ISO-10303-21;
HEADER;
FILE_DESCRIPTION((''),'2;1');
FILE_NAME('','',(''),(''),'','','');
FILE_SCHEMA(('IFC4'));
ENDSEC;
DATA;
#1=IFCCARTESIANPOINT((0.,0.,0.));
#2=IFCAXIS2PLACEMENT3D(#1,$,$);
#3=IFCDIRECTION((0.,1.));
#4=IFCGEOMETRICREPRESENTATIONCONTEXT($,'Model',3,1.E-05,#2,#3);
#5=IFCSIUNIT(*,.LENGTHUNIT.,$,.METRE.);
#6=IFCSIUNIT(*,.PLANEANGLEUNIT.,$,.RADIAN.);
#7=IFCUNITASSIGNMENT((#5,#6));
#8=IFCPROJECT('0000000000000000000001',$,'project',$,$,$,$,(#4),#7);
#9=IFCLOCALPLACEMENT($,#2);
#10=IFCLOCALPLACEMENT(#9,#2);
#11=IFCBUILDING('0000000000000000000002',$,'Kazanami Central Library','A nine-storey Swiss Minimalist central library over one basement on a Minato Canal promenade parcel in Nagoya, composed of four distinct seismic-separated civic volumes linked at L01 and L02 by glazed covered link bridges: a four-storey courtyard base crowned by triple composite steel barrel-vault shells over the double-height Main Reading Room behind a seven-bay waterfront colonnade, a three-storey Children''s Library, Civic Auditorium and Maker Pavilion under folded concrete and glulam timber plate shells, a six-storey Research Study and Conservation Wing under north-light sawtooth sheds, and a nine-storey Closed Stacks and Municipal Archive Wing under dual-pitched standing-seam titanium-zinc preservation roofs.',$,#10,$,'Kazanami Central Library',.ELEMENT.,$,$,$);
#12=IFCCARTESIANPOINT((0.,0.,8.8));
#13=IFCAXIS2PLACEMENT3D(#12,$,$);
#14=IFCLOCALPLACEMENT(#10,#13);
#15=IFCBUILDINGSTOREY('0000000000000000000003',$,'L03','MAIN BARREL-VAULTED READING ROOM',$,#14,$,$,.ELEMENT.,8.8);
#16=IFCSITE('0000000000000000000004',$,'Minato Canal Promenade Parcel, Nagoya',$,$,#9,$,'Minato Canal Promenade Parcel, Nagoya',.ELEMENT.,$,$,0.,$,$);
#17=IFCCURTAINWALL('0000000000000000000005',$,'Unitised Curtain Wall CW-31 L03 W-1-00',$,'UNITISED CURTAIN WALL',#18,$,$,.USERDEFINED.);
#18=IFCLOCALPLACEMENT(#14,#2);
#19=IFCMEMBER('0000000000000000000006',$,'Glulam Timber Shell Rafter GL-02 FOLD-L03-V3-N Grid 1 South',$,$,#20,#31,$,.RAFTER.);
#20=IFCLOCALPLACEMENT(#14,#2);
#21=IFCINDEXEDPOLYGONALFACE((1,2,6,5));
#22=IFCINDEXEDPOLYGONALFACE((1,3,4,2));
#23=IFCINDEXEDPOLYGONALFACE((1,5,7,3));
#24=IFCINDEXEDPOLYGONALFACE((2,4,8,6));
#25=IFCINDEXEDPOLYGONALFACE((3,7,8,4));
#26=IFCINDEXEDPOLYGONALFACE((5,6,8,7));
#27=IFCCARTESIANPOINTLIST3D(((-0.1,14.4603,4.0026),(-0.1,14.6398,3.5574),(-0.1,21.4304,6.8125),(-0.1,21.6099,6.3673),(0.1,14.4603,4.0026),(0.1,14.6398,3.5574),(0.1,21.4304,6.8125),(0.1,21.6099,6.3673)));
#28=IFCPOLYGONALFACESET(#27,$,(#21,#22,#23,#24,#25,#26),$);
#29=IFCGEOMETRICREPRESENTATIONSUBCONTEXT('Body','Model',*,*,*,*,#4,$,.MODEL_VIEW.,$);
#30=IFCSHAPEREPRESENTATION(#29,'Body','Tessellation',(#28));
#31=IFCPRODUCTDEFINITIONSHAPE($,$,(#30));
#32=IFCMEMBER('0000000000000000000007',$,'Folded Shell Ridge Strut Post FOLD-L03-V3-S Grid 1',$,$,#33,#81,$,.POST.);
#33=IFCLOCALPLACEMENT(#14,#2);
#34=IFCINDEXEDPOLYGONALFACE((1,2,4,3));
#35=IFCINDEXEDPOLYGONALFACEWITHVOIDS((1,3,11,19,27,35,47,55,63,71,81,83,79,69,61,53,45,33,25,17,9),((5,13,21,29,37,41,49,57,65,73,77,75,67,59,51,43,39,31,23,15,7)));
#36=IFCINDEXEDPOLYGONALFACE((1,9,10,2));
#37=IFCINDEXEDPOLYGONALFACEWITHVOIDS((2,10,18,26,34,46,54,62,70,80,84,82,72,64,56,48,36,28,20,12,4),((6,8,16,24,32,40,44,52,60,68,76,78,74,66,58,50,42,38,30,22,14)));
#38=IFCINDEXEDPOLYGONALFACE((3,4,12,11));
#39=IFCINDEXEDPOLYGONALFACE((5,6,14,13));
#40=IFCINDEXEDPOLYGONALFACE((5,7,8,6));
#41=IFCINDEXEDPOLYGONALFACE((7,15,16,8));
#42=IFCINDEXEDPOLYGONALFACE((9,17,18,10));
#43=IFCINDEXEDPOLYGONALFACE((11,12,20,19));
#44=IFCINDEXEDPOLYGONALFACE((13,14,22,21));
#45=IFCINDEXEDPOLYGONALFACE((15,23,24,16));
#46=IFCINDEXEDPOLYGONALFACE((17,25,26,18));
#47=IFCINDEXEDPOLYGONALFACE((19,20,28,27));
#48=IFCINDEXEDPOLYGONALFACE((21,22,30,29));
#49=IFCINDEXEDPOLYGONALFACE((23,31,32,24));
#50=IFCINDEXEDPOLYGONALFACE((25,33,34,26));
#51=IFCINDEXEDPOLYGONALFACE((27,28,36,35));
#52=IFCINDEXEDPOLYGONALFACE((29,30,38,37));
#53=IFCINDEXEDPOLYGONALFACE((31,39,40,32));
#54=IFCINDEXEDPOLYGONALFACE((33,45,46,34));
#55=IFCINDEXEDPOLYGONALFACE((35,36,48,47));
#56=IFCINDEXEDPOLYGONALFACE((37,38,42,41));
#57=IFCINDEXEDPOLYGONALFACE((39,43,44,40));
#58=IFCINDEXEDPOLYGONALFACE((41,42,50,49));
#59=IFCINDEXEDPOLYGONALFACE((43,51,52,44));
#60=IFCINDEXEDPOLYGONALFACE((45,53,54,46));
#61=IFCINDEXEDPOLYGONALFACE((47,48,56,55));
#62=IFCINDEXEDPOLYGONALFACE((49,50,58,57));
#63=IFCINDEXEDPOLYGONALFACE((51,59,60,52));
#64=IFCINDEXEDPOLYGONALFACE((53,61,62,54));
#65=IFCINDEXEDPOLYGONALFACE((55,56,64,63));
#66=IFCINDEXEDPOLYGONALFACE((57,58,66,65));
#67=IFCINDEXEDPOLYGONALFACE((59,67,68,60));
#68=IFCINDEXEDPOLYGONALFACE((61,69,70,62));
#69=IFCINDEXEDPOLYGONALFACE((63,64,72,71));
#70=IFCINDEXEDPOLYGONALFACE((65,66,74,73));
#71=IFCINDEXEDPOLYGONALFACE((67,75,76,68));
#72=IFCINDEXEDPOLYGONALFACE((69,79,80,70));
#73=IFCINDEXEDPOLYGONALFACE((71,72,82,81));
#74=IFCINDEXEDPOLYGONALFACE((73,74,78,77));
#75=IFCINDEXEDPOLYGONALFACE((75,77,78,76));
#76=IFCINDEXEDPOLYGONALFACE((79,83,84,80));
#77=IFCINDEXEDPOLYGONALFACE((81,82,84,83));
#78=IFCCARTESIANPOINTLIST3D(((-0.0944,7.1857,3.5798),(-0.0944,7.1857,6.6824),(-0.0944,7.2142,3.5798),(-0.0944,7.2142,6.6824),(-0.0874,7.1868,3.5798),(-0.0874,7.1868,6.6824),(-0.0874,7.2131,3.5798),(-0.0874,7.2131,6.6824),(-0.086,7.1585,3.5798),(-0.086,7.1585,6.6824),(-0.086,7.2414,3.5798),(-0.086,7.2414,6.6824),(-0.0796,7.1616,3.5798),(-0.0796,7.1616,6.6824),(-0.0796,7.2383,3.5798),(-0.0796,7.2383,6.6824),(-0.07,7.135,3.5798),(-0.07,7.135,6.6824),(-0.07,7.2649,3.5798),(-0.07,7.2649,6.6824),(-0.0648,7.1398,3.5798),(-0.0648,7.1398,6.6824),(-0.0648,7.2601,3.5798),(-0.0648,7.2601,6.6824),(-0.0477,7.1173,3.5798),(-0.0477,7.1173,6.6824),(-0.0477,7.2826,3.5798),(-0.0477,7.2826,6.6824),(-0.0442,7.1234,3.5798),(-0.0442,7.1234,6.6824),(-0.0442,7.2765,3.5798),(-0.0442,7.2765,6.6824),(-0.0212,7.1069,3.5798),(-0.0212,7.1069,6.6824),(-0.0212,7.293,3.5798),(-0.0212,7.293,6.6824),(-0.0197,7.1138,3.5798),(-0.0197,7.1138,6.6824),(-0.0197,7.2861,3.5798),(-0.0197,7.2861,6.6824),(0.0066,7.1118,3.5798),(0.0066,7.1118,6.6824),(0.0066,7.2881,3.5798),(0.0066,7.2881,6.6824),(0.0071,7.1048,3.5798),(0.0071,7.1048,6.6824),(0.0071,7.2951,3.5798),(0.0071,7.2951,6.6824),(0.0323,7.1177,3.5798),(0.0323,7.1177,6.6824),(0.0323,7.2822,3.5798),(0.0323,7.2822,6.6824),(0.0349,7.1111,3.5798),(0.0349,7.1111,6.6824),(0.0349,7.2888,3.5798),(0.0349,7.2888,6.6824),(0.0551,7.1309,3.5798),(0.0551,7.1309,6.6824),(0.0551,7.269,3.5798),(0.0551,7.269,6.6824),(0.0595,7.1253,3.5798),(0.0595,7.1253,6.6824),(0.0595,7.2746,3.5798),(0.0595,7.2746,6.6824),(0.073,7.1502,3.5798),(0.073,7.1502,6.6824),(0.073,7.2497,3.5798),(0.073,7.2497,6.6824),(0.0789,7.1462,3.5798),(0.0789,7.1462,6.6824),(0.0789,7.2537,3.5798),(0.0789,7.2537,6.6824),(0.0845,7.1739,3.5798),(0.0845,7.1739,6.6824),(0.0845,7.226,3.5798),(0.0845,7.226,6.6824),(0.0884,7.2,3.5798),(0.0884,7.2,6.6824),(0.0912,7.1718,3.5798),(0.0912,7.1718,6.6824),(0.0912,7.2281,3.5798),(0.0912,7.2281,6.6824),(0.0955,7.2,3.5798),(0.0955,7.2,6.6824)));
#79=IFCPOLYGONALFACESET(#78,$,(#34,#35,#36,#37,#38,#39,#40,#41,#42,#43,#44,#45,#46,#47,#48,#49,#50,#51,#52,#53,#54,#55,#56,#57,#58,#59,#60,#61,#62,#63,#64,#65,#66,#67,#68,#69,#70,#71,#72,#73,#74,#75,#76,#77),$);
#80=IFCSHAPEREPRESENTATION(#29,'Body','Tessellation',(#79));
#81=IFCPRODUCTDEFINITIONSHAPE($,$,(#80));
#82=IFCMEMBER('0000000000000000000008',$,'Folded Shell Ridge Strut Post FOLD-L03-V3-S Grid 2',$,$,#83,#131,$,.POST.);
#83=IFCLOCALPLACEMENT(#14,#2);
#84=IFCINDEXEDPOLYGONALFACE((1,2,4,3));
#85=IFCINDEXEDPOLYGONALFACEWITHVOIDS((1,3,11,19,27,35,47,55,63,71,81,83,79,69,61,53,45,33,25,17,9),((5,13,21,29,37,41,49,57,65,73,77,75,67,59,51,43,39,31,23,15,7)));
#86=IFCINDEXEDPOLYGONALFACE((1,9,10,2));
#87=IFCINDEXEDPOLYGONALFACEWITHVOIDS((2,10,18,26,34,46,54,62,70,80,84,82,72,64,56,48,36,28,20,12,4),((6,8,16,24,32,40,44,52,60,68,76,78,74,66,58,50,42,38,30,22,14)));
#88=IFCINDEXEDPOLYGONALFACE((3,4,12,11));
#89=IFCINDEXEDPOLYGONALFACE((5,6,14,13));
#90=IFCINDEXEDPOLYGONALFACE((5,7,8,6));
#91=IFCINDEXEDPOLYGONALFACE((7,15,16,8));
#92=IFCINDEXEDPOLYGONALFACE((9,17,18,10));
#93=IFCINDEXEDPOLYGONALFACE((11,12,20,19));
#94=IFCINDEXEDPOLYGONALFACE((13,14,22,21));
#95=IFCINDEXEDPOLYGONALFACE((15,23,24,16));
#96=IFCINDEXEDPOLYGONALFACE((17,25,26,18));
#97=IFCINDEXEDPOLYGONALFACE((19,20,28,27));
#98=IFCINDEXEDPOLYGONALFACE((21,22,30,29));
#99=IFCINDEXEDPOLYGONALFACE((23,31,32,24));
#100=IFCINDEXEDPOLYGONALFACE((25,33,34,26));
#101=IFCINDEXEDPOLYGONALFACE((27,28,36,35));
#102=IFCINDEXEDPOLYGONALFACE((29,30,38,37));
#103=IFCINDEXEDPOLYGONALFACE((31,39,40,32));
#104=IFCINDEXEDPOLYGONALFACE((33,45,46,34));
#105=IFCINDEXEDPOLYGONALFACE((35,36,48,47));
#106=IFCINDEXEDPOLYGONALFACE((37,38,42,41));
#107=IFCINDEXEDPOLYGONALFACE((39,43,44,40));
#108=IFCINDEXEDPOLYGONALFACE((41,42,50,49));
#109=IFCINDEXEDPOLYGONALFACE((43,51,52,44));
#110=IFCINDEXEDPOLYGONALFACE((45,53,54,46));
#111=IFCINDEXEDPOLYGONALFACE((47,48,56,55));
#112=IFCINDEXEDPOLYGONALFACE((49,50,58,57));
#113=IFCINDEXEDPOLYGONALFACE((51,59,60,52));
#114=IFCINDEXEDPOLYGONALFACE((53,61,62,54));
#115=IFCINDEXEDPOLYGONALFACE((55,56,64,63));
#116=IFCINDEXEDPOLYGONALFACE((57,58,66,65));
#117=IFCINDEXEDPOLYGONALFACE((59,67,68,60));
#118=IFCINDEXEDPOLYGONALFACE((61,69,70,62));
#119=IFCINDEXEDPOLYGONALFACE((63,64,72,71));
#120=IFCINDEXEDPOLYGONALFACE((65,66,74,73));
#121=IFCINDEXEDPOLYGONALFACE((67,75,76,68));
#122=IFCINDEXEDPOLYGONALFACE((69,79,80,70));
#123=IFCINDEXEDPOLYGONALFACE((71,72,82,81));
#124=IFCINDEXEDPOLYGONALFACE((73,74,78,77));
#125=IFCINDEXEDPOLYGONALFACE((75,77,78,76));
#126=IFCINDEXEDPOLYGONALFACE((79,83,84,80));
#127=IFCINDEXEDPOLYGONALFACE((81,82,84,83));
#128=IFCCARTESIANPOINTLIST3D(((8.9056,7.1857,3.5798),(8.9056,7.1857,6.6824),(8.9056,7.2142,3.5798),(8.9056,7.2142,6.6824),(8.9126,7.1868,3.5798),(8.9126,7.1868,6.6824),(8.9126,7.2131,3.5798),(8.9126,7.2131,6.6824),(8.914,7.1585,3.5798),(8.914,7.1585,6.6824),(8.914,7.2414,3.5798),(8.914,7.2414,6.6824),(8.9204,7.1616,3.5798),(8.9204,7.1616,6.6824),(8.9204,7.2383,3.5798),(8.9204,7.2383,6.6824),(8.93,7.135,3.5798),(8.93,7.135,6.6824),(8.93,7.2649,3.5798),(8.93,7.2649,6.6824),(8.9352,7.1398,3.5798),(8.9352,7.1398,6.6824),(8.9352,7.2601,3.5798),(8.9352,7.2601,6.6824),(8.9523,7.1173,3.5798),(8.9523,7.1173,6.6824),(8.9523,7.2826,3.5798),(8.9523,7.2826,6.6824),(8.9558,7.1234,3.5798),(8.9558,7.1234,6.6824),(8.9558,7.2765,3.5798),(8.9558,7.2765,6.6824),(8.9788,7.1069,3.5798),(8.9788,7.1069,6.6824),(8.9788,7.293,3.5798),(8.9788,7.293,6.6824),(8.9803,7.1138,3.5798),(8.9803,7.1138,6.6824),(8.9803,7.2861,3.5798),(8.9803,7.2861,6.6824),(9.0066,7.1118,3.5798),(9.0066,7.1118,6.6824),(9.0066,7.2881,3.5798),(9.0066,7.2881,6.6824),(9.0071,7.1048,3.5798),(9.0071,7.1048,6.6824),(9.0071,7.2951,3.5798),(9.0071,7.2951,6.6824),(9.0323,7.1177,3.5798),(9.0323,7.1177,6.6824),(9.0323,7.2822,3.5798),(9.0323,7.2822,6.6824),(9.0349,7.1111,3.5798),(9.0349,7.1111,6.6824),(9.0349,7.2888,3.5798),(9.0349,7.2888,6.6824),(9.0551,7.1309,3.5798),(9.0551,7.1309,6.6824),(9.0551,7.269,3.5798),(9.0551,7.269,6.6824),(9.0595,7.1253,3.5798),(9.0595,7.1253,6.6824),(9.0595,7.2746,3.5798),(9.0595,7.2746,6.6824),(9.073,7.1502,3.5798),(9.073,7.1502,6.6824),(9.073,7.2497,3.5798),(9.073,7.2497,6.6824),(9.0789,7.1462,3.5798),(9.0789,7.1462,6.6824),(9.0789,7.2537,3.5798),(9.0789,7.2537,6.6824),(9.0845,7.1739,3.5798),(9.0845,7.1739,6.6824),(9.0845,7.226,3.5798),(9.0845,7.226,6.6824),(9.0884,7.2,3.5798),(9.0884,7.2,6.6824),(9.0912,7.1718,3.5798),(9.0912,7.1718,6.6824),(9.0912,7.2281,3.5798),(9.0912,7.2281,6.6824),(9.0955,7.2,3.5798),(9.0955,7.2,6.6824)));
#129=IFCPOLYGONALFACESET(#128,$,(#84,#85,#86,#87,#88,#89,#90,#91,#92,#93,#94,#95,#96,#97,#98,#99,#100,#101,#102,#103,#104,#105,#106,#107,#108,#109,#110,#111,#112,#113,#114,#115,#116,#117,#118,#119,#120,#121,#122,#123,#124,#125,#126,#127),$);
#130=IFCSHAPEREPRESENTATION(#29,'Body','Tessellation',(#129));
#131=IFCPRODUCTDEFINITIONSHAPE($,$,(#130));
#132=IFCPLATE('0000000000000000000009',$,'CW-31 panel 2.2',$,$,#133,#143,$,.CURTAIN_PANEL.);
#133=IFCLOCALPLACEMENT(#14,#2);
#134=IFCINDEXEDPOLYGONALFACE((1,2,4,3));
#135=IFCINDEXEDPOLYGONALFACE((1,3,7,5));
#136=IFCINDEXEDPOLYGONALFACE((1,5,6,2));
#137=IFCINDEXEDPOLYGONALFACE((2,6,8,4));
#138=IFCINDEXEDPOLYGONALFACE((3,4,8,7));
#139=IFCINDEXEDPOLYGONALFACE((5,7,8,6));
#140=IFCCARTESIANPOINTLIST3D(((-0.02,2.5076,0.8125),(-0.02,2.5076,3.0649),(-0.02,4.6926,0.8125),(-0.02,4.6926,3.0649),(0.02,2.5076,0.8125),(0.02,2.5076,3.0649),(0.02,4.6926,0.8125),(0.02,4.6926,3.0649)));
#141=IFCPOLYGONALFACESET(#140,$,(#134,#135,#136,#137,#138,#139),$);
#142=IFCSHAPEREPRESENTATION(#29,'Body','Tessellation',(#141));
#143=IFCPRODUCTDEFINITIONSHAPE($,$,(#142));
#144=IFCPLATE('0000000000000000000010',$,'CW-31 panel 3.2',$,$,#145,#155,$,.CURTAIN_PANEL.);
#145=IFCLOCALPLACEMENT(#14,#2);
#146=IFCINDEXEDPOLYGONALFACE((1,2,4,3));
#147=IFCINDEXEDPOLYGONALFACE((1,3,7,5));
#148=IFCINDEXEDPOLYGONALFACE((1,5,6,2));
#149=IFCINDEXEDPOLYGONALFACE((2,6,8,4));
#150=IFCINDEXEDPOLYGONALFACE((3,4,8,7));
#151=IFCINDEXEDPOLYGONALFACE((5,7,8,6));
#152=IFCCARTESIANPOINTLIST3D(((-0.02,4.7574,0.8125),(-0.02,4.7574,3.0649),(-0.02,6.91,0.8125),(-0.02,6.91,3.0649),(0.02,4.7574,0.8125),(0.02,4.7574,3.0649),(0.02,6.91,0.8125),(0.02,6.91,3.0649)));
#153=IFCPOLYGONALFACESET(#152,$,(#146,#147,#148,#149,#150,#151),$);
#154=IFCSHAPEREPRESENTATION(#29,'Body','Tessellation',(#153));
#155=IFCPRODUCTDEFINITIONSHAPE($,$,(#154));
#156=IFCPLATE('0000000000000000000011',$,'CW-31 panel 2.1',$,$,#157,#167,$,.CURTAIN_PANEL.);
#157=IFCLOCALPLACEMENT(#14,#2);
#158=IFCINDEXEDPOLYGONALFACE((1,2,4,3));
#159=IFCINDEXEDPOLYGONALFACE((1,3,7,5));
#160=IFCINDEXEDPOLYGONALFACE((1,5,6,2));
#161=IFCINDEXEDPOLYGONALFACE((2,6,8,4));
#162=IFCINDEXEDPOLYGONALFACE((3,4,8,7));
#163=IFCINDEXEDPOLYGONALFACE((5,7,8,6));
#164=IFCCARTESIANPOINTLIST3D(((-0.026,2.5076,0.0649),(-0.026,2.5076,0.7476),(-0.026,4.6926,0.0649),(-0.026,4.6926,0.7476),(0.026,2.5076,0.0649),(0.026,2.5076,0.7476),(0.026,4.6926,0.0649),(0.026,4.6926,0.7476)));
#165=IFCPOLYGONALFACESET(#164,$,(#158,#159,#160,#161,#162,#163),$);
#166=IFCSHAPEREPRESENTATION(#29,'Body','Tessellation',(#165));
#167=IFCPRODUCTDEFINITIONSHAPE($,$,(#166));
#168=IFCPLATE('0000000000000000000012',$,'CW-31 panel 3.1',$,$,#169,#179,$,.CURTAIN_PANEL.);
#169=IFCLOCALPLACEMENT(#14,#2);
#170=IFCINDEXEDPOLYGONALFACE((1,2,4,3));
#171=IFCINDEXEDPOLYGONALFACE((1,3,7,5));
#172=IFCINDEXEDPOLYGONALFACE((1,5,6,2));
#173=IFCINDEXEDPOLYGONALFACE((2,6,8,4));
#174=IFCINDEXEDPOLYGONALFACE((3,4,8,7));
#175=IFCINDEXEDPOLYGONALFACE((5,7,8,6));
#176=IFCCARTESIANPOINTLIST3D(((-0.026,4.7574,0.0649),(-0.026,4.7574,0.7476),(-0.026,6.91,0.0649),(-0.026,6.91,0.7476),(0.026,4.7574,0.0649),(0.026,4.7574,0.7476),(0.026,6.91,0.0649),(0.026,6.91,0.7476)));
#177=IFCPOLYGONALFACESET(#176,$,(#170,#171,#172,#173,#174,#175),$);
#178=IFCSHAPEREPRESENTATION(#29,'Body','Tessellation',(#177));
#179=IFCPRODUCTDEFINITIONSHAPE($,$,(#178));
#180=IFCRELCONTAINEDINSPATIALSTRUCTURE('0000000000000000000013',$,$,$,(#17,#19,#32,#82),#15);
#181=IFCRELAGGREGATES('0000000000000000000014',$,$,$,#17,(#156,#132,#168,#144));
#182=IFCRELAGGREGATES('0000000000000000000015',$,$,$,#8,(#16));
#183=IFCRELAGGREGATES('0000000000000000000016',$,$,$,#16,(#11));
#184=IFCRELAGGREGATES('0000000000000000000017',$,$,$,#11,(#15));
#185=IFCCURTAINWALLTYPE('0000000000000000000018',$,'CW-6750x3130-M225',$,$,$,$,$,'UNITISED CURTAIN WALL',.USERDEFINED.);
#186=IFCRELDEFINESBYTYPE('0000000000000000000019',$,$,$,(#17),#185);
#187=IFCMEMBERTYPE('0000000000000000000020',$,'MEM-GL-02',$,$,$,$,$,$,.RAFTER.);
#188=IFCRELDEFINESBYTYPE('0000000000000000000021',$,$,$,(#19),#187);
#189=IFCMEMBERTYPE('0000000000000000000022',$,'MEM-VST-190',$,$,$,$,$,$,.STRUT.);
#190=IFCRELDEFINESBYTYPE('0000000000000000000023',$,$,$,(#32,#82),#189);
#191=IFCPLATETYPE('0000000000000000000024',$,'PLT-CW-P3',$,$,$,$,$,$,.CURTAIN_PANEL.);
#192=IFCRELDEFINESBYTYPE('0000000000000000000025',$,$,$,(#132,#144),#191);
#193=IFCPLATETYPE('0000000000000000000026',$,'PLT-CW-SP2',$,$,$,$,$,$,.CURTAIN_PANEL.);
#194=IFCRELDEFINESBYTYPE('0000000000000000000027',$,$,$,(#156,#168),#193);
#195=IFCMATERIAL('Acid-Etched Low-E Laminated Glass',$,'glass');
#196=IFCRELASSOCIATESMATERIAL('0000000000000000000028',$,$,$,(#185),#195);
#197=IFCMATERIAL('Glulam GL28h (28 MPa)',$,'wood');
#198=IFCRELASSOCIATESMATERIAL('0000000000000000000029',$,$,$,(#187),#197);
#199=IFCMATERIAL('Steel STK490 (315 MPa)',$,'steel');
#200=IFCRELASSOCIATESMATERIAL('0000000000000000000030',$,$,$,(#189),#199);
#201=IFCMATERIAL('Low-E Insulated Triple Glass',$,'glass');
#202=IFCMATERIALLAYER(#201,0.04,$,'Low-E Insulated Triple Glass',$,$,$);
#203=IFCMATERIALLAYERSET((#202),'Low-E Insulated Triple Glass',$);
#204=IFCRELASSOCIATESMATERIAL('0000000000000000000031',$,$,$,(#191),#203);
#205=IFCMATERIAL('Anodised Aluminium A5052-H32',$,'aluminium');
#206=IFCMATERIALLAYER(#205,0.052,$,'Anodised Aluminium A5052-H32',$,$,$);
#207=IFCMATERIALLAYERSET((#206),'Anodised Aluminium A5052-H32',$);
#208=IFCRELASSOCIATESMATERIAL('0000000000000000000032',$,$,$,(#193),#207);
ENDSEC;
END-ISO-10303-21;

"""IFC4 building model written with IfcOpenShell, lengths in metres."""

from ifc_helpers import new_model, si_unit, direction, frame, origin, origin_2d, place, context, subcontext, project, spatial, rectangle, hollow_circle, extrude, material, layer, layer_set, material_profile, profile_set, type_object, element, aggregate, save


model = new_model("IFC4")

# Units and contexts
model_context = context("Model", 3, precision=1e-05, world=origin(), true_north=direction((0.0, 1.0)))
body_context = subcontext(model_context, "Body", "Model", "MODEL_VIEW")
ifc_project = project(units=[si_unit("LENGTHUNIT", "METRE"), si_unit("PLANEANGLEUNIT", "RADIAN")], contexts=[model_context])

# Site, building, storey
site_placement = place(None, origin())
site = spatial("IfcSite", under=ifc_project, at=site_placement, Name="Minato Canal Promenade Parcel, Nagoya", LongName="Minato Canal Promenade Parcel, Nagoya", CompositionType="ELEMENT", RefElevation=0.0)
building_placement = place(site_placement, origin())
building = spatial("IfcBuilding", under=site, at=building_placement, Name="Kazanami Central Library", Description="A nine-storey Swiss Minimalist central library over one basement on a Minato Canal promenade parcel in Nagoya, composed of four distinct seismic-separated civic volumes linked at L01 and L02 by glazed covered link bridges: a four-storey courtyard base crowned by triple composite steel barrel-vault shells over the double-height Main Reading Room behind a seven-bay waterfront colonnade, a three-storey Children's Library, Civic Auditorium and Maker Pavilion under folded concrete and glulam timber plate shells, a six-storey Research Study and Conservation Wing under north-light sawtooth sheds, and a nine-storey Closed Stacks and Municipal Archive Wing under dual-pitched standing-seam titanium-zinc preservation roofs.", LongName="Kazanami Central Library", CompositionType="ELEMENT")
storey_placement = place(building_placement, frame((0.0, 0.0, 8.8)))
storey = spatial("IfcBuildingStorey", under=building, at=storey_placement, Name="L03", Description="MAIN BARREL-VAULTED READING ROOM", CompositionType="ELEMENT", Elevation=8.8)

# Curtain wall
ifc_material_1 = material(Name="Acid-Etched Low-E Laminated Glass", Category="glass")
curtain_wall_type = type_object("IfcCurtainWallType", Name="CW-6750x3130-M225", ElementType="UNITISED CURTAIN WALL", PredefinedType="USERDEFINED", material=ifc_material_1)
curtain_wall_placement = place(storey_placement, origin())
curtain_wall = element("IfcCurtainWall", 1, at=curtain_wall_placement, inside=storey, type_object=curtain_wall_type, Name="Unitised Curtain Wall CW-31 L03 W-1-00", ObjectType="UNITISED CURTAIN WALL", PredefinedType="USERDEFINED")

# Members
ifc_material_2 = material(Name="Glulam GL28h (28 MPa)", Category="wood")
ifc_material_profile_1 = material_profile(ifc_material_2, rectangle(XDim=0.2, YDim=0.48, at=origin_2d()), Name="GL28h-200x480")
ifc_profile_set_1 = profile_set([ifc_material_profile_1], Name="Glulam GL28h (28 MPa)")
member_type_1 = type_object("IfcMemberType", Name="MEM-GL-02", PredefinedType="RAFTER", material=ifc_profile_set_1)
member_1_placement = place(storey_placement, frame((0.0, 14.55, 3.78), z_axis=(0.0, 0.927472, 0.373893), x_axis=(-1.0, 0.0, 0.0)))
element("IfcMember", 2, at=member_1_placement, inside=storey, type_object=member_type_1, Name="Glulam Timber Shell Rafter GL-02 FOLD-L03-V3-N Grid 1 South", PredefinedType="RAFTER", context=body_context, shape_type="SweptSolid", body=[
    extrude(rectangle(XDim=0.2, YDim=0.48, at=origin_2d()), origin(), (0.0, 0.0, 1.0), 7.5151),
])
ifc_material_3 = material(Name="Steel STK490 (315 MPa)", Category="steel")
ifc_material_profile_2 = material_profile(ifc_material_3, hollow_circle(Radius=0.0955, WallThickness=0.0071, at=origin_2d()), Name="CHS-190.7x7.0")
ifc_profile_set_2 = profile_set([ifc_material_profile_2], Name="Steel STK490 (315 MPa)")
member_type_2 = type_object("IfcMemberType", Name="MEM-VST-190", PredefinedType="STRUT", material=ifc_profile_set_2)
for number, where, z_axis, x_axis, name in (
    (3, (0.0, 7.2, 3.5798), (0.0, 0.0, 1.0), (1.0, 0.0, 0.0), "Folded Shell Ridge Strut Post FOLD-L03-V3-S Grid 1"),
    (4, (9.0, 7.2, 3.5798), (0.0, 0.0, 1.0), (1.0, 0.0, 0.0), "Folded Shell Ridge Strut Post FOLD-L03-V3-S Grid 2"),
):
    element("IfcMember", number, at=place(storey_placement, frame(where, z_axis=z_axis, x_axis=x_axis)), inside=storey, type_object=member_type_2, Name=name, PredefinedType="POST", context=body_context, shape_type="SweptSolid", body=[
        extrude(hollow_circle(Radius=0.0955, WallThickness=0.0071, at=origin_2d()), origin(), (0.0, 0.0, 1.0), 3.1025),
    ])

# Plates
ifc_material_4 = material(Name="Low-E Insulated Triple Glass", Category="glass")
ifc_layer_1 = layer(ifc_material_4, 0.04, Name="Low-E Insulated Triple Glass")
ifc_layer_set_1 = layer_set([ifc_layer_1], Name="Low-E Insulated Triple Glass")
plate_type_1 = type_object("IfcPlateType", Name="PLT-CW-P3", PredefinedType="CURTAIN_PANEL", material=ifc_layer_set_1)
plate_1_placement = place(storey_placement, frame((0.0, 3.6001, 0.8125), z_axis=(0.0, 0.0, 1.0), x_axis=(0.0, 1.0, 0.0)))
plate_1 = element("IfcPlate", 5, at=plate_1_placement, type_object=plate_type_1, Name="CW-31 panel 2.2", PredefinedType="CURTAIN_PANEL", context=body_context, shape_type="SweptSolid", body=[
    extrude(rectangle(XDim=2.1851, YDim=0.04, at=origin_2d()), origin(), (0.0, 0.0, 1.0), 2.2524),
])
plate_2_placement = place(storey_placement, frame((0.0, 5.8337, 0.8125), z_axis=(0.0, 0.0, 1.0), x_axis=(0.0, 1.0, 0.0)))
plate_2 = element("IfcPlate", 6, at=plate_2_placement, type_object=plate_type_1, Name="CW-31 panel 3.2", PredefinedType="CURTAIN_PANEL", context=body_context, shape_type="SweptSolid", body=[
    extrude(rectangle(XDim=2.1526, YDim=0.04, at=origin_2d()), origin(), (0.0, 0.0, 1.0), 2.2524),
])
ifc_material_5 = material(Name="Anodised Aluminium A5052-H32", Category="aluminium")
ifc_layer_2 = layer(ifc_material_5, 0.052, Name="Anodised Aluminium A5052-H32")
ifc_layer_set_2 = layer_set([ifc_layer_2], Name="Anodised Aluminium A5052-H32")
plate_type_2 = type_object("IfcPlateType", Name="PLT-CW-SP2", PredefinedType="CURTAIN_PANEL", material=ifc_layer_set_2)
plate_3_placement = place(storey_placement, frame((0.0, 3.6001, 0.0649), z_axis=(0.0, 0.0, 1.0), x_axis=(0.0, 1.0, 0.0)))
plate_3 = element("IfcPlate", 7, at=plate_3_placement, type_object=plate_type_2, Name="CW-31 panel 2.1", PredefinedType="CURTAIN_PANEL", context=body_context, shape_type="SweptSolid", body=[
    extrude(rectangle(XDim=2.1851, YDim=0.052, at=origin_2d()), origin(), (0.0, 0.0, 1.0), 0.6826),
])
plate_4_placement = place(storey_placement, frame((0.0, 5.8337, 0.0649), z_axis=(0.0, 0.0, 1.0), x_axis=(0.0, 1.0, 0.0)))
plate_4 = element("IfcPlate", 8, at=plate_4_placement, type_object=plate_type_2, Name="CW-31 panel 3.1", PredefinedType="CURTAIN_PANEL", context=body_context, shape_type="SweptSolid", body=[
    extrude(rectangle(XDim=2.1526, YDim=0.052, at=origin_2d()), origin(), (0.0, 0.0, 1.0), 0.6826),
])
aggregate(curtain_wall, [plate_3, plate_1, plate_4, plate_2])

save(model, "model.ifc")
